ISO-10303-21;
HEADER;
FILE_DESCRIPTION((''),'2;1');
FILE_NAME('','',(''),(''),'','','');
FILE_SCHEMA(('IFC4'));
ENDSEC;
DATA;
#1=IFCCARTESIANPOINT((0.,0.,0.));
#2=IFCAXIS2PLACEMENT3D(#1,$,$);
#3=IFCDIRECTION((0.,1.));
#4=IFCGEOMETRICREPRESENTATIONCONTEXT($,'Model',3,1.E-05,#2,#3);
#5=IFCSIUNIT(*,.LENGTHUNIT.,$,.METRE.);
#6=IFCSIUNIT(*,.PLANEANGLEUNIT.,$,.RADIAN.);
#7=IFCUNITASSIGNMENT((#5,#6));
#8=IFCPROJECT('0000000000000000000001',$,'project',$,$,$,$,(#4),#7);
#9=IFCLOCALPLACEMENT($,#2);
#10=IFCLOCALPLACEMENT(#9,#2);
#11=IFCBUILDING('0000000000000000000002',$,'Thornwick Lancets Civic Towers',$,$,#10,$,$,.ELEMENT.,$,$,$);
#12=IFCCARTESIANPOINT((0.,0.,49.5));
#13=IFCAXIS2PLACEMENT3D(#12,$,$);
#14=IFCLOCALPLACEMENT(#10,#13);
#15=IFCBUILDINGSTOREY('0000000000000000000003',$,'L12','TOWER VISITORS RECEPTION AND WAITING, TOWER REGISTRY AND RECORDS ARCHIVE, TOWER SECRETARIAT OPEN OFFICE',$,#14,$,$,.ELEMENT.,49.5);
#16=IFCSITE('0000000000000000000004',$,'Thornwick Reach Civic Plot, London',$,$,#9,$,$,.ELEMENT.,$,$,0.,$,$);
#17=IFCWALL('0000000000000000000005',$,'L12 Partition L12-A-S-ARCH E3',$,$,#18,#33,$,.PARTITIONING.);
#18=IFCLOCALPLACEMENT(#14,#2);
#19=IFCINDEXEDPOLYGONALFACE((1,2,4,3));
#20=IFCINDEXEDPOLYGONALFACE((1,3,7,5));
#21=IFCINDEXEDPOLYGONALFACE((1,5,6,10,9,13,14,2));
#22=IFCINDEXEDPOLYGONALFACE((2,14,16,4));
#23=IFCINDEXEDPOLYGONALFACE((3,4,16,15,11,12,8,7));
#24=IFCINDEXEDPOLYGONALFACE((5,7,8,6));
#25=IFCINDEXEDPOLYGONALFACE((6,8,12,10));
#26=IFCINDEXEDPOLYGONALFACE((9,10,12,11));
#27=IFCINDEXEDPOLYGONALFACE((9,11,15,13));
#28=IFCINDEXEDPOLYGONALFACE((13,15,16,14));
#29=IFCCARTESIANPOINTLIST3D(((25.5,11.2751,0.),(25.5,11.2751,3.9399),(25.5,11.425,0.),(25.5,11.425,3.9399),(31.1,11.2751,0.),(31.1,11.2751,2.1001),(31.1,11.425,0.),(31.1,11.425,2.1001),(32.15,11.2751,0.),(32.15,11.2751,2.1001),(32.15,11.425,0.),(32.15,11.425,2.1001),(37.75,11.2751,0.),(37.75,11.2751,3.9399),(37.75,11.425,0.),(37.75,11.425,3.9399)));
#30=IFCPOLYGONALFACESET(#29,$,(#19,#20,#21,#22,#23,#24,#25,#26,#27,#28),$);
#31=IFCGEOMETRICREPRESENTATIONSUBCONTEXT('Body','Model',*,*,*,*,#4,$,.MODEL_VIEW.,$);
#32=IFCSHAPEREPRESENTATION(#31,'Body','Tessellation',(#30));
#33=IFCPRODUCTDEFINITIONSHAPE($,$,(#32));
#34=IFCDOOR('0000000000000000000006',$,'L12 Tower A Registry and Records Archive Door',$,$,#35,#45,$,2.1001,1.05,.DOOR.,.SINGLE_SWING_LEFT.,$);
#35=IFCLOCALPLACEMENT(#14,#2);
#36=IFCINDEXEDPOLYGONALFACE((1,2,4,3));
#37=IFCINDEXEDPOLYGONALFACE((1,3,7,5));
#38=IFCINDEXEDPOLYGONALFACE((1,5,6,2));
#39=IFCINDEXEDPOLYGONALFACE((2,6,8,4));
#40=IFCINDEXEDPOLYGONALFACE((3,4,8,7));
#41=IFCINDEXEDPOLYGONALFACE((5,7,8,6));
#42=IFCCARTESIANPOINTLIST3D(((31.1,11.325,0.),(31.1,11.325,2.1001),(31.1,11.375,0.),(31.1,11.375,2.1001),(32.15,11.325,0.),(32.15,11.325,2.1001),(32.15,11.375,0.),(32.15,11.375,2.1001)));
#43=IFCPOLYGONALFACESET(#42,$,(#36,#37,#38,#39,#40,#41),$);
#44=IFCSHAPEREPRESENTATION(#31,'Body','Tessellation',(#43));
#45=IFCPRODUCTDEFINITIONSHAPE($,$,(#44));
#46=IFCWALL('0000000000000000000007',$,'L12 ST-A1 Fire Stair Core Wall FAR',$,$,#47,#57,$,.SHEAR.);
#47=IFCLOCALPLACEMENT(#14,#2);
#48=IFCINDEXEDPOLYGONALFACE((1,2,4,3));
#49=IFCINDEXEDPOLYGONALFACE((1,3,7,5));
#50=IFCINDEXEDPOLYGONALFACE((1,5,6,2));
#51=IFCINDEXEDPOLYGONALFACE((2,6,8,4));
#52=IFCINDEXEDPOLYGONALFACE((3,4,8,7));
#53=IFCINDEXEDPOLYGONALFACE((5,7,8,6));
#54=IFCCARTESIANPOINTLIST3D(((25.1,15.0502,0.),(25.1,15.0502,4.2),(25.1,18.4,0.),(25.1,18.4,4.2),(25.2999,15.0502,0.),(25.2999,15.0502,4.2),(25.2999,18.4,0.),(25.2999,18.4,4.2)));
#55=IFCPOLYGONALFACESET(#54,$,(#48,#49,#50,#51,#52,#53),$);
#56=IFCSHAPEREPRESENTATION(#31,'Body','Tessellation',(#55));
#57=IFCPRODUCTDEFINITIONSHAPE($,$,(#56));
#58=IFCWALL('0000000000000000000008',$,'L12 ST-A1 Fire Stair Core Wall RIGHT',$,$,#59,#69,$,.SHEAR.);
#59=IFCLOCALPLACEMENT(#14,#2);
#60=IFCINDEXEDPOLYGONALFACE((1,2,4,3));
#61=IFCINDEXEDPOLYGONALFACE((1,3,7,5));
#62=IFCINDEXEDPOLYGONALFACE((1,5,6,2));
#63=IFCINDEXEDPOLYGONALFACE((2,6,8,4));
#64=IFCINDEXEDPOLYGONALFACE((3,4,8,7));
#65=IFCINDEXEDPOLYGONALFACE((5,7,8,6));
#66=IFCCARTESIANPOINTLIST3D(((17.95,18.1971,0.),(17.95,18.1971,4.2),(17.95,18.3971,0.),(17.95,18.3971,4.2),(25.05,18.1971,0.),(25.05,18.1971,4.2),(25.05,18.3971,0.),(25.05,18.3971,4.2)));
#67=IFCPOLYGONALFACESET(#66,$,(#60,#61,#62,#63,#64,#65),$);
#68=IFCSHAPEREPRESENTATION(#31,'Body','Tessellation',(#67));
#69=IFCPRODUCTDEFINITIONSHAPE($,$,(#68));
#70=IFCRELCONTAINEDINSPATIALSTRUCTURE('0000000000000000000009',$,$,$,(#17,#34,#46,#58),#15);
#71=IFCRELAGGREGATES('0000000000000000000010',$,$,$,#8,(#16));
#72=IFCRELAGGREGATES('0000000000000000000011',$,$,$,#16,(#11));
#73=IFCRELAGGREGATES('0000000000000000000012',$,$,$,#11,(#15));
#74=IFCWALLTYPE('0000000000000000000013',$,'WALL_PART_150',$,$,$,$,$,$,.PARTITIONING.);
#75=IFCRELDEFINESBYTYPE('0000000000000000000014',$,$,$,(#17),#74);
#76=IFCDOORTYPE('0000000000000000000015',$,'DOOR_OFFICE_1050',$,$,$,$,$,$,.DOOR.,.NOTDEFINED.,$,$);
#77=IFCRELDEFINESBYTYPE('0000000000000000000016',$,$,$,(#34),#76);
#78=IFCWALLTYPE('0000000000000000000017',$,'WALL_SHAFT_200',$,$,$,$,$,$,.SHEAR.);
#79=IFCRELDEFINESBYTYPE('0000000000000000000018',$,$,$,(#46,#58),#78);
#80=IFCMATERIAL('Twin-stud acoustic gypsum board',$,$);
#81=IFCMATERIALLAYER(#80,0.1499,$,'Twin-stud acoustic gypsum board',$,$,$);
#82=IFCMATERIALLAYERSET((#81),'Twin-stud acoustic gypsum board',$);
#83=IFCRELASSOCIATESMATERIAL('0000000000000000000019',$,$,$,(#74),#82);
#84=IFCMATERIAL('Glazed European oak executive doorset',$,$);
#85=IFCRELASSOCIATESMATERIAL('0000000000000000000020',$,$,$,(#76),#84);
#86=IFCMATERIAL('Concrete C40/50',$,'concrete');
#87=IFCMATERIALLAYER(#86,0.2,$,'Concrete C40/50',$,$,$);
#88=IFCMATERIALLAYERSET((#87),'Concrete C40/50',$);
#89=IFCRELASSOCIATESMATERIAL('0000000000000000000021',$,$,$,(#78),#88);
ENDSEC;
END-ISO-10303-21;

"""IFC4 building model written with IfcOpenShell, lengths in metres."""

from ifc_helpers import new_model, si_unit, direction, frame, frame_2d, origin, place, context, subcontext, project, spatial, rectangle, extrude, material, layer, layer_set, type_object, element, fill, save


model = new_model("IFC4")

# Units and contexts
model_context = context("Model", 3, precision=1e-05, world=origin(), true_north=direction((0.0, 1.0)))
body_context = subcontext(model_context, "Body", "Model", "MODEL_VIEW")
ifc_project = project(units=[si_unit("LENGTHUNIT", "METRE"), si_unit("PLANEANGLEUNIT", "RADIAN")], contexts=[model_context])

# Site, building, storey
site_placement = place(None, origin())
site = spatial("IfcSite", under=ifc_project, at=site_placement, Name="Thornwick Reach Civic Plot, London", CompositionType="ELEMENT", RefElevation=0.0)
building_placement = place(site_placement, origin())
building = spatial("IfcBuilding", under=site, at=building_placement, Name="Thornwick Lancets Civic Towers", CompositionType="ELEMENT")
storey_placement = place(building_placement, frame((0.0, 0.0, 49.5)))
storey = spatial("IfcBuildingStorey", under=building, at=storey_placement, Name="L12", Description="TOWER VISITORS RECEPTION AND WAITING, TOWER REGISTRY AND RECORDS ARCHIVE, TOWER SECRETARIAT OPEN OFFICE", CompositionType="ELEMENT", Elevation=49.5)

# Shared definitions
ifc_material_1 = material(Name="Concrete C40/50", Category="concrete")

# Shared definitions
ifc_material_2 = material(Name="Twin-stud acoustic gypsum board")
ifc_layer_1 = layer(ifc_material_2, 0.1499, Name="Twin-stud acoustic gypsum board")
ifc_layer_set_1 = layer_set([ifc_layer_1], Name="Twin-stud acoustic gypsum board")
wall_type_1 = type_object("IfcWallType", Name="WALL_PART_150", PredefinedType="PARTITIONING", material=ifc_layer_set_1)

# Wall, opening, door
wall_1_placement = place(storey_placement, frame((25.5, 11.3501, 0.0), z_axis=(0.0, 0.0, 1.0), x_axis=(1.0, 0.0, 0.0)))
wall_1 = element("IfcWall", 1, at=wall_1_placement, inside=storey, type_object=wall_type_1, Name="L12 Partition L12-A-S-ARCH E3", PredefinedType="PARTITIONING", context=body_context, shape_type="SweptSolid", body=[
    extrude(rectangle(XDim=12.25, YDim=0.1499, at=frame_2d((6.125, 0.0))), origin(), (0.0, 0.0, 1.0), 3.9399),
])
opening_1_placement = place(wall_1_placement, frame((5.6001, 0.0, 0.0)))
opening_1 = element("IfcOpeningElement", 2, at=opening_1_placement, cuts=wall_1, PredefinedType="OPENING", context=body_context, shape_type="SweptSolid", body=[
    extrude(rectangle(XDim=1.05, YDim=2.1001, at=frame_2d((0.5249, 1.05))), frame((0.0, 0.085, 0.0), z_axis=(0.0, -1.0, 0.0), x_axis=(1.0, 0.0, 0.0)), (0.0, 0.0, 1.0), 0.1699),
])
ifc_material_3 = material(Name="Glazed European oak executive doorset")
door_type_1 = type_object("IfcDoorType", Name="DOOR_OFFICE_1050", OperationType="NOTDEFINED", PredefinedType="DOOR", material=ifc_material_3)
door_1_placement = place(opening_1_placement, origin())
door_1 = element("IfcDoor", 3, at=door_1_placement, inside=storey, type_object=door_type_1, Name="L12 Tower A Registry and Records Archive Door", OperationType="SINGLE_SWING_LEFT", OverallHeight=2.1001, OverallWidth=1.05, PredefinedType="DOOR", context=body_context, shape_type="SweptSolid", body=[
    extrude(rectangle(XDim=1.05, YDim=2.1001, at=frame_2d((0.5249, 1.05))), frame((0.0, 0.0249, 0.0), z_axis=(0.0, -1.0, 0.0), x_axis=(1.0, 0.0, 0.0)), (0.0, 0.0, 1.0), 0.05),
])
fill(opening_1, door_1)

# Walls
ifc_layer_2 = layer(ifc_material_1, 0.2, Name="Concrete C40/50")
ifc_layer_set_2 = layer_set([ifc_layer_2], Name="Concrete C40/50")
wall_type_2 = type_object("IfcWallType", Name="WALL_SHAFT_200", PredefinedType="SHEAR", material=ifc_layer_set_2)
wall_2_placement = place(storey_placement, frame((25.2, 18.3999, 0.0), z_axis=(0.0, 0.0, 1.0), x_axis=(0.0, -1.0, 0.0)))
element("IfcWall", 4, at=wall_2_placement, inside=storey, type_object=wall_type_2, Name="L12 ST-A1 Fire Stair Core Wall FAR", PredefinedType="SHEAR", context=body_context, shape_type="SweptSolid", body=[
    extrude(rectangle(XDim=3.3499, YDim=0.2, at=frame_2d((1.6748, 0.0))), origin(), (0.0, 0.0, 1.0), 4.2),
])
wall_3_placement = place(storey_placement, frame((25.05, 18.2971, 0.0), z_axis=(0.0, 0.0, 1.0), x_axis=(-1.0, 0.0, 0.0)))
element("IfcWall", 5, at=wall_3_placement, inside=storey, type_object=wall_type_2, Name="L12 ST-A1 Fire Stair Core Wall RIGHT", PredefinedType="SHEAR", context=body_context, shape_type="SweptSolid", body=[
    extrude(rectangle(XDim=7.1001, YDim=0.2, at=frame_2d((3.55, 0.0))), origin(), (0.0, 0.0, 1.0), 4.2),
])

save(model, "model.ifc")
